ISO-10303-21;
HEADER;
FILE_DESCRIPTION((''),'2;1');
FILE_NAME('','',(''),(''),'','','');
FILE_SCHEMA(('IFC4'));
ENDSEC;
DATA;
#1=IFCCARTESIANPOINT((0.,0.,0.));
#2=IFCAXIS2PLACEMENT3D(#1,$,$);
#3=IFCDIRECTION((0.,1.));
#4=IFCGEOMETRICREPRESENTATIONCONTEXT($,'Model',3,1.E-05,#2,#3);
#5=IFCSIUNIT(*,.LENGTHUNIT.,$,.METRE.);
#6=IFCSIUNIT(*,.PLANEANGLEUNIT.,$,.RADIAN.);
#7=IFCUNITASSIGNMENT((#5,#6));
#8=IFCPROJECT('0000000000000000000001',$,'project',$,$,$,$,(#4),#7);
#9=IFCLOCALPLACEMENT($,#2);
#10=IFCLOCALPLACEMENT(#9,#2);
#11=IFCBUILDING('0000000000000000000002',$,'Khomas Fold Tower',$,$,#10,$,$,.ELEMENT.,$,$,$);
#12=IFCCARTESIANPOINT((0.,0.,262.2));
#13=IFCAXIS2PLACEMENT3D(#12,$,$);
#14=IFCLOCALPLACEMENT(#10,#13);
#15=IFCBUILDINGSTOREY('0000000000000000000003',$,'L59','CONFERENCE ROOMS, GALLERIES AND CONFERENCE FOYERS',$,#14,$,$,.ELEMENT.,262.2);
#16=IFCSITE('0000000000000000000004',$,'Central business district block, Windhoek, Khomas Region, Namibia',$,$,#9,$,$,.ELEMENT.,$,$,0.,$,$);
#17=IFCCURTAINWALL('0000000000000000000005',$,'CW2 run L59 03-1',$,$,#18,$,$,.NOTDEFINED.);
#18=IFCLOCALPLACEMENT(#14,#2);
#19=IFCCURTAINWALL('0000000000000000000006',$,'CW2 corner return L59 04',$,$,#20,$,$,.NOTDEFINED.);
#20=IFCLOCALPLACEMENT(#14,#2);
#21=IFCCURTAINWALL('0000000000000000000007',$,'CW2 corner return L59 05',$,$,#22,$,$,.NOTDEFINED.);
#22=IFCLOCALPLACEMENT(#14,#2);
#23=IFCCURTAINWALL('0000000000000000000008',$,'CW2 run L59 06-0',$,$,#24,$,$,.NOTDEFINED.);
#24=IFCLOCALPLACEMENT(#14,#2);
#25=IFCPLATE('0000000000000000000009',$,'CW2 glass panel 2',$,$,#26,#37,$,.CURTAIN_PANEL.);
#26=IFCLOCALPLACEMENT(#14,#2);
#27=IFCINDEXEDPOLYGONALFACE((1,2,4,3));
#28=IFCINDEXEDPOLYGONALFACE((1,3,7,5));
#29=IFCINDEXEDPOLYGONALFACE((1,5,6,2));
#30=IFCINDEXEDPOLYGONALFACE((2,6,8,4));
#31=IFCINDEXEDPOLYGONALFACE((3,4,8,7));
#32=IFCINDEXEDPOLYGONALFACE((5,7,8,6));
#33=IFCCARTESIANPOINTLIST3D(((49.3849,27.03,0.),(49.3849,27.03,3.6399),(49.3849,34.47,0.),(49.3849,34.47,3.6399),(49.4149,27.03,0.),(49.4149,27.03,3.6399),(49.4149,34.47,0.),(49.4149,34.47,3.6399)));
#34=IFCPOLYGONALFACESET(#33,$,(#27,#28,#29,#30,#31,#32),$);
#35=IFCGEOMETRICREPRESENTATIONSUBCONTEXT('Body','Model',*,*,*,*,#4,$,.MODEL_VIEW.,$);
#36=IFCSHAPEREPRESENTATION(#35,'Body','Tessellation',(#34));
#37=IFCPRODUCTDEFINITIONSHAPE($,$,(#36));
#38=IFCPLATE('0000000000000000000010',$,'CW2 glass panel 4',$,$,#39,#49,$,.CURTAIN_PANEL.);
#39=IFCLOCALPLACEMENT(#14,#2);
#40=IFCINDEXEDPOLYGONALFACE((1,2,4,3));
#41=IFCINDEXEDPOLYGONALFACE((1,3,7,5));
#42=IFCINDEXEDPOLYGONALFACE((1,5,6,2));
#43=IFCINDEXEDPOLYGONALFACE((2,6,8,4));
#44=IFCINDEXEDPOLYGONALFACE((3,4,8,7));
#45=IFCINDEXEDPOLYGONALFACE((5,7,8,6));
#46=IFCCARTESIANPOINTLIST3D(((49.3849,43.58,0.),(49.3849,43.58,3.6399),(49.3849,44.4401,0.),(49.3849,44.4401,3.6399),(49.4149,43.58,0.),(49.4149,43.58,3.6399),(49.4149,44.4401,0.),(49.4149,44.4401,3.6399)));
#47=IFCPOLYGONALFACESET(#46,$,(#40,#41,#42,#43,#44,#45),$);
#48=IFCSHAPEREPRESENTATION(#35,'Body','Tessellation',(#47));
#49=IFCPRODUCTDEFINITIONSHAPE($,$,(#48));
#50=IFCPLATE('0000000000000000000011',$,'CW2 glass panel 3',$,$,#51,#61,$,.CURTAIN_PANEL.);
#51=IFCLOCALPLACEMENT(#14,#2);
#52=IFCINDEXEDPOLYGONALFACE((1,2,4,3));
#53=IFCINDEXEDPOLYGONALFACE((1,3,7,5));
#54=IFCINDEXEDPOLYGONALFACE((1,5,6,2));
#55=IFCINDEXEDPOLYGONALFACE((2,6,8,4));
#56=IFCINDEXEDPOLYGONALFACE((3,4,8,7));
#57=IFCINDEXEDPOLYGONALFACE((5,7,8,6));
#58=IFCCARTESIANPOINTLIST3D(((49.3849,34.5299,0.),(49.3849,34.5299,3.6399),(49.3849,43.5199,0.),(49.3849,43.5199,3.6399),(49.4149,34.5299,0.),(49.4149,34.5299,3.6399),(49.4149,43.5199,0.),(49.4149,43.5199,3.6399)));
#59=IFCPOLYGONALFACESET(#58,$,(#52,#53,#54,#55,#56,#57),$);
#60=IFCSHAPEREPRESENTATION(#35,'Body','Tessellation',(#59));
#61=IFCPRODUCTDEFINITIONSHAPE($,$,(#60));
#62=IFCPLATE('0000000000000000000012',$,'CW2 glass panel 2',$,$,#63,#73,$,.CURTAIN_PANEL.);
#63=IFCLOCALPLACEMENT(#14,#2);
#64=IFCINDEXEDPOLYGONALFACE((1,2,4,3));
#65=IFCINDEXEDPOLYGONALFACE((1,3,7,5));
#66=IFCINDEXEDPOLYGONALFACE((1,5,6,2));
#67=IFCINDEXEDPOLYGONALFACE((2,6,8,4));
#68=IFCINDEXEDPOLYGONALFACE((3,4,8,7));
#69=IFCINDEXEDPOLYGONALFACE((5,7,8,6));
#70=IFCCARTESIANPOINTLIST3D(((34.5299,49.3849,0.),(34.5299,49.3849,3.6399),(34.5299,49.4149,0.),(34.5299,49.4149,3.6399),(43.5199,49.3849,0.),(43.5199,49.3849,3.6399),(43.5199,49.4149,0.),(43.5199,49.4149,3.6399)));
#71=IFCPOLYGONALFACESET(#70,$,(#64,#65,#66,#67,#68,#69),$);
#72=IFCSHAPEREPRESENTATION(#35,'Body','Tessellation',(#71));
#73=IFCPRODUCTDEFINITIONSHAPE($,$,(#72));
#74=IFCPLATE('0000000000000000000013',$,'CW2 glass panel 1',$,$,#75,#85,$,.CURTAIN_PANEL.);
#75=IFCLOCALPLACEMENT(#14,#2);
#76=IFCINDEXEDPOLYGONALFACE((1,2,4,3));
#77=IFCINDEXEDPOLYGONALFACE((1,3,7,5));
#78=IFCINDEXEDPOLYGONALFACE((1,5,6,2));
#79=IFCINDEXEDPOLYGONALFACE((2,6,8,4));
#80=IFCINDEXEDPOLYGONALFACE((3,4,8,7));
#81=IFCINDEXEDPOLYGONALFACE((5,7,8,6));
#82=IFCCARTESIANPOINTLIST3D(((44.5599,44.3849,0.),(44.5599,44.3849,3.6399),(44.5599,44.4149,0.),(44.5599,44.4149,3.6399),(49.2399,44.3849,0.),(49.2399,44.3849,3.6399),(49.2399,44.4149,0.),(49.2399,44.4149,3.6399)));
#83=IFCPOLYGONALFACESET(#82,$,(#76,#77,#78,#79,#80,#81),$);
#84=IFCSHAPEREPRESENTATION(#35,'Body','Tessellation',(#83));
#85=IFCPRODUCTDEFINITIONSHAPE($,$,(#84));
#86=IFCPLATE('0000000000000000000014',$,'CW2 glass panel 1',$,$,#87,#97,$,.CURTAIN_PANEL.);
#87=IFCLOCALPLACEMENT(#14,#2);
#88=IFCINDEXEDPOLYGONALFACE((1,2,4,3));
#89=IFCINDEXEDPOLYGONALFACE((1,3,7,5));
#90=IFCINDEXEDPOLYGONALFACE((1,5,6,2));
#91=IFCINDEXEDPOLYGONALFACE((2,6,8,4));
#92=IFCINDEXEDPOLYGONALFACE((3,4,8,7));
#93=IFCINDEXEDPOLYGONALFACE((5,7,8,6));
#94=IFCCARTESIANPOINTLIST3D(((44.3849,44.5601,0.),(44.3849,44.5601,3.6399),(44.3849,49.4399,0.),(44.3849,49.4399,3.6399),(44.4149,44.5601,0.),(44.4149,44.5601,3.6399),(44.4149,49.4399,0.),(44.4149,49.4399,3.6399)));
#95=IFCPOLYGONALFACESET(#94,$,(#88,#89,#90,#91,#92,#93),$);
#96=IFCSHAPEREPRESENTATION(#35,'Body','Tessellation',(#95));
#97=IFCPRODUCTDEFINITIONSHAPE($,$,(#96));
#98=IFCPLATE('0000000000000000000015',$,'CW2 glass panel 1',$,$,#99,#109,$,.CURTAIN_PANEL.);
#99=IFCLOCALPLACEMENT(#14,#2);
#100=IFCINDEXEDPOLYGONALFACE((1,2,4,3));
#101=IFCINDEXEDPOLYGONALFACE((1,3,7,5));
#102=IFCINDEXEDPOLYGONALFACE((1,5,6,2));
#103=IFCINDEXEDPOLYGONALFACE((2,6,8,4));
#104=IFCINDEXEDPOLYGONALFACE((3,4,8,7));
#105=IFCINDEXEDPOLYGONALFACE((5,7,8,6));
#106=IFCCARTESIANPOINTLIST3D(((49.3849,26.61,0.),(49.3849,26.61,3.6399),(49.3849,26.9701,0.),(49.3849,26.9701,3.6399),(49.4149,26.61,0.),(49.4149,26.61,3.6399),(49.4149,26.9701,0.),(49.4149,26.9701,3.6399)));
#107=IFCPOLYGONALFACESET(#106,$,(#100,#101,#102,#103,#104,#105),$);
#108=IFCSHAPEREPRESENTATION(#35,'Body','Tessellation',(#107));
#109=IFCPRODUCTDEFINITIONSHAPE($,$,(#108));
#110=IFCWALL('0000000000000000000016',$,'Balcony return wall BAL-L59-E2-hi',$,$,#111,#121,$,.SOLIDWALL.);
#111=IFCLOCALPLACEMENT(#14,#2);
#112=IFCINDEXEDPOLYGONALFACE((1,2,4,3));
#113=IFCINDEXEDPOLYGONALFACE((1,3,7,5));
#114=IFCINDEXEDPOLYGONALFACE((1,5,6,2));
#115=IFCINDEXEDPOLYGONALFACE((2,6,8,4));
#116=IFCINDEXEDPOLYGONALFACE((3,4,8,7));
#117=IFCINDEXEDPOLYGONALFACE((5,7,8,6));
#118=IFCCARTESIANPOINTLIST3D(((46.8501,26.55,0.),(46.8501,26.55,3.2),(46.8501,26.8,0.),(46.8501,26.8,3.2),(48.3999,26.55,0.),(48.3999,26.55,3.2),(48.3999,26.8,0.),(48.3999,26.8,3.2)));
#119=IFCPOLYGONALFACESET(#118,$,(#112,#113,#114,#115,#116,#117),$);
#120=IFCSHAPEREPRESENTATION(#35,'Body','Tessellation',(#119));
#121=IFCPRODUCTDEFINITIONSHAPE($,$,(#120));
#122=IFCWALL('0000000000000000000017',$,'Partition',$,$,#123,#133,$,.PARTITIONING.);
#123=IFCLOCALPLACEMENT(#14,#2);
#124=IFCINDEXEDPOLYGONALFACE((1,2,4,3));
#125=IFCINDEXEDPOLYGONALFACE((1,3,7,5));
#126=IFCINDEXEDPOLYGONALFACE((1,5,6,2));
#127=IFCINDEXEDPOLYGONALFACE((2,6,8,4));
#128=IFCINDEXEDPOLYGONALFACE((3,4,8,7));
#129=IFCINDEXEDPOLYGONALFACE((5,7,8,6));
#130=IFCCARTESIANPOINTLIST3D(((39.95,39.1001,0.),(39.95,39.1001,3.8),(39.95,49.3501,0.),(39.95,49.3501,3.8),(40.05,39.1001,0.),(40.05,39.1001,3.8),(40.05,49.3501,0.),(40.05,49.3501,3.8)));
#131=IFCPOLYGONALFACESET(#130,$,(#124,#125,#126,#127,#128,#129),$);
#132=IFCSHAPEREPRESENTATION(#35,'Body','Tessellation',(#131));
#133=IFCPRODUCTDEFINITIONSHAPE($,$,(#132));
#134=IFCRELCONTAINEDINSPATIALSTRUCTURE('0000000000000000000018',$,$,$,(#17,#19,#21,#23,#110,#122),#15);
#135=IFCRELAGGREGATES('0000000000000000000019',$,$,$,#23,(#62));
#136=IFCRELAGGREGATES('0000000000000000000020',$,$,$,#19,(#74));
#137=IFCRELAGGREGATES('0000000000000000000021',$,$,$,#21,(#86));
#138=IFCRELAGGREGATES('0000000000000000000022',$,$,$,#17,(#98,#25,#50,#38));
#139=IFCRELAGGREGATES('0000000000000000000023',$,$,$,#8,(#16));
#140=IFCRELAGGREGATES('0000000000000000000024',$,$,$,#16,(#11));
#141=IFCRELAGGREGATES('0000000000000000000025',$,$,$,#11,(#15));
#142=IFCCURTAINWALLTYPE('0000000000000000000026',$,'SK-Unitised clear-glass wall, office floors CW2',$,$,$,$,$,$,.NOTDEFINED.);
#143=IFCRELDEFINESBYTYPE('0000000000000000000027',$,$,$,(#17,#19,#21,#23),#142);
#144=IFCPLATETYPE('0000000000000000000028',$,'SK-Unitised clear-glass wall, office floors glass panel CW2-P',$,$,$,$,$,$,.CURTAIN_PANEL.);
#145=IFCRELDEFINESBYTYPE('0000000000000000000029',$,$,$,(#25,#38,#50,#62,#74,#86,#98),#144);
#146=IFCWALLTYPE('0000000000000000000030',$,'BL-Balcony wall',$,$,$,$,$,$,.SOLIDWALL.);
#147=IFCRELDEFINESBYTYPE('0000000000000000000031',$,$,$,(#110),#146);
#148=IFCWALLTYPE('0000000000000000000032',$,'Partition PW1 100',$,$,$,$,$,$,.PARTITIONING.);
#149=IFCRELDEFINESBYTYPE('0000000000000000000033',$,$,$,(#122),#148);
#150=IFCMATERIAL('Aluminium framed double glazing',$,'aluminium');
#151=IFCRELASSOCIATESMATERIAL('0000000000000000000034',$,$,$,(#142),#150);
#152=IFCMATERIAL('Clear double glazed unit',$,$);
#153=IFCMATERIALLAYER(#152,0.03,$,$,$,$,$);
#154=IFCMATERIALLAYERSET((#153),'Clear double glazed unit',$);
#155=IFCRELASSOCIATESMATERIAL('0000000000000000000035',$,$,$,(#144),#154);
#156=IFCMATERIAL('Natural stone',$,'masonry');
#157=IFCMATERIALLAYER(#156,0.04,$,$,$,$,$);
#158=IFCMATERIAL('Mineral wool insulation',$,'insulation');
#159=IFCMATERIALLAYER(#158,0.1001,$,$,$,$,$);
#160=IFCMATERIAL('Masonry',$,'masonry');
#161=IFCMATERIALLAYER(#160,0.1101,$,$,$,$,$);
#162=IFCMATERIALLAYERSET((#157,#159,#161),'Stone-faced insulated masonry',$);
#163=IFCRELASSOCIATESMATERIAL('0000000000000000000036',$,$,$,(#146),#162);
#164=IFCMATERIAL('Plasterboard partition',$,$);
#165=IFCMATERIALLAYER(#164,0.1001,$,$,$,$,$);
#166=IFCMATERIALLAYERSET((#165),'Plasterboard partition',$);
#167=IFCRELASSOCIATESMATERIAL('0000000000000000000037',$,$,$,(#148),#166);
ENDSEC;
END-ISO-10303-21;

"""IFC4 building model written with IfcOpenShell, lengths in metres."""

from ifc_helpers import new_model, si_unit, direction, frame, frame_2d, origin, origin_2d, place, context, subcontext, project, spatial, rectangle, extrude, source, transform, mapped, material, layer, layer_set, type_object, element, aggregate, save


model = new_model("IFC4")

# Units and contexts
model_context = context("Model", 3, precision=1e-05, world=origin(), true_north=direction((0.0, 1.0)))
body_context = subcontext(model_context, "Body", "Model", "MODEL_VIEW")
ifc_project = project(units=[si_unit("LENGTHUNIT", "METRE"), si_unit("PLANEANGLEUNIT", "RADIAN")], contexts=[model_context])

# Site, building, storey
site_placement = place(None, origin())
site = spatial("IfcSite", under=ifc_project, at=site_placement, Name="Central business district block, Windhoek, Khomas Region, Namibia", CompositionType="ELEMENT", RefElevation=0.0)
building_placement = place(site_placement, origin())
building = spatial("IfcBuilding", under=site, at=building_placement, Name="Khomas Fold Tower", CompositionType="ELEMENT")
storey_placement = place(building_placement, frame((0.0, 0.0, 262.2)))
storey = spatial("IfcBuildingStorey", under=building, at=storey_placement, Name="L59", Description="CONFERENCE ROOMS, GALLERIES AND CONFERENCE FOYERS", CompositionType="ELEMENT", Elevation=262.2)

# Curtain walls
ifc_material_1 = material(Name="Aluminium framed double glazing", Category="aluminium")
curtain_wall_type = type_object("IfcCurtainWallType", Name="SK-Unitised clear-glass wall, office floors CW2", PredefinedType="NOTDEFINED", material=ifc_material_1)
curtain_wall_1_placement = place(storey_placement, origin())
curtain_wall_1 = element("IfcCurtainWall", 1, at=curtain_wall_1_placement, inside=storey, type_object=curtain_wall_type, Name="CW2 run L59 03-1", PredefinedType="NOTDEFINED")
curtain_wall_2_placement = place(storey_placement, origin())
curtain_wall_2 = element("IfcCurtainWall", 2, at=curtain_wall_2_placement, inside=storey, type_object=curtain_wall_type, Name="CW2 corner return L59 04", PredefinedType="NOTDEFINED")
curtain_wall_3_placement = place(storey_placement, origin())
curtain_wall_3 = element("IfcCurtainWall", 3, at=curtain_wall_3_placement, inside=storey, type_object=curtain_wall_type, Name="CW2 corner return L59 05", PredefinedType="NOTDEFINED")
curtain_wall_4_placement = place(storey_placement, origin())
curtain_wall_4 = element("IfcCurtainWall", 4, at=curtain_wall_4_placement, inside=storey, type_object=curtain_wall_type, Name="CW2 run L59 06-0", PredefinedType="NOTDEFINED")

# Plates
ifc_material_2 = material(Name="Clear double glazed unit")
ifc_layer_1 = layer(ifc_material_2, 0.03)
ifc_layer_set_1 = layer_set([ifc_layer_1], Name="Clear double glazed unit")
plate_type = type_object("IfcPlateType", Name="SK-Unitised clear-glass wall, office floors glass panel CW2-P", PredefinedType="CURTAIN_PANEL", material=ifc_layer_set_1)
shared_shape_1 = source(origin(), body_context, "Body", "SweptSolid", [
    extrude(rectangle(XDim=7.4399, YDim=0.03, at=origin_2d()), origin(), (0.0, 0.0, 1.0), 3.6399),
])
plate_1_placement = place(storey_placement, frame((49.3999, 30.75, 0.0), z_axis=(0.0, 0.0, 1.0), x_axis=(0.0, 1.0, 0.0)))
plate_1 = element("IfcPlate", 5, at=plate_1_placement, type_object=plate_type, Name="CW2 glass panel 2", PredefinedType="CURTAIN_PANEL", context=body_context, shape_type="MappedRepresentation", body=[
    mapped(shared_shape_1, transform((0.0, 0.0, 0.0))),
])
shared_shape_2 = source(origin(), body_context, "Body", "SweptSolid", [
    extrude(rectangle(XDim=0.8601, YDim=0.03, at=origin_2d()), origin(), (0.0, 0.0, 1.0), 3.6399),
])
plate_2_placement = place(storey_placement, frame((49.3999, 44.01, 0.0), z_axis=(0.0, 0.0, 1.0), x_axis=(0.0, 1.0, 0.0)))
plate_2 = element("IfcPlate", 6, at=plate_2_placement, type_object=plate_type, Name="CW2 glass panel 4", PredefinedType="CURTAIN_PANEL", context=body_context, shape_type="MappedRepresentation", body=[
    mapped(shared_shape_2, transform((0.0, 0.0, 0.0))),
])
shared_shape_3 = source(origin(), body_context, "Body", "SweptSolid", [
    extrude(rectangle(XDim=8.99, YDim=0.03, at=origin_2d()), origin(), (0.0, 0.0, 1.0), 3.6399),
])
plate_3_placement = place(storey_placement, frame((49.3999, 39.0249, 0.0), z_axis=(0.0, 0.0, 1.0), x_axis=(0.0, 1.0, 0.0)))
plate_3 = element("IfcPlate", 7, at=plate_3_placement, type_object=plate_type, Name="CW2 glass panel 3", PredefinedType="CURTAIN_PANEL", context=body_context, shape_type="MappedRepresentation", body=[
    mapped(shared_shape_3, transform((0.0, 0.0, 0.0))),
])
plate_4_placement = place(storey_placement, frame((39.0249, 49.3999, 0.0), z_axis=(0.0, 0.0, 1.0), x_axis=(-1.0, 0.0, 0.0)))
plate_4 = element("IfcPlate", 8, at=plate_4_placement, type_object=plate_type, Name="CW2 glass panel 2", PredefinedType="CURTAIN_PANEL", context=body_context, shape_type="MappedRepresentation", body=[
    mapped(shared_shape_3, transform((0.0, 0.0, 0.0))),
])
aggregate(curtain_wall_4, [plate_4])
shared_shape_4 = source(origin(), body_context, "Body", "SweptSolid", [
    extrude(rectangle(XDim=4.6799, YDim=0.03, at=origin_2d()), origin(), (0.0, 0.0, 1.0), 3.6399),
])
plate_5_placement = place(storey_placement, frame((46.8999, 44.3999, 0.0), z_axis=(0.0, 0.0, 1.0), x_axis=(-1.0, 0.0, 0.0)))
plate_5 = element("IfcPlate", 9, at=plate_5_placement, type_object=plate_type, Name="CW2 glass panel 1", PredefinedType="CURTAIN_PANEL", context=body_context, shape_type="MappedRepresentation", body=[
    mapped(shared_shape_4, transform((0.0, 0.0, 0.0))),
])
aggregate(curtain_wall_2, [plate_5])
shared_shape_5 = source(origin(), body_context, "Body", "SweptSolid", [
    extrude(rectangle(XDim=4.8799, YDim=0.03, at=origin_2d()), origin(), (0.0, 0.0, 1.0), 3.6399),
])
plate_6_placement = place(storey_placement, frame((44.3999, 47.0, 0.0), z_axis=(0.0, 0.0, 1.0), x_axis=(0.0, 1.0, 0.0)))
plate_6 = element("IfcPlate", 10, at=plate_6_placement, type_object=plate_type, Name="CW2 glass panel 1", PredefinedType="CURTAIN_PANEL", context=body_context, shape_type="MappedRepresentation", body=[
    mapped(shared_shape_5, transform((0.0, 0.0, 0.0))),
])
aggregate(curtain_wall_3, [plate_6])
shared_shape_6 = source(origin(), body_context, "Body", "SweptSolid", [
    extrude(rectangle(XDim=0.3601, YDim=0.03, at=origin_2d()), origin(), (0.0, 0.0, 1.0), 3.6399),
])
plate_7_placement = place(storey_placement, frame((49.3999, 26.79, 0.0), z_axis=(0.0, 0.0, 1.0), x_axis=(0.0, 1.0, 0.0)))
plate_7 = element("IfcPlate", 11, at=plate_7_placement, type_object=plate_type, Name="CW2 glass panel 1", PredefinedType="CURTAIN_PANEL", context=body_context, shape_type="MappedRepresentation", body=[
    mapped(shared_shape_6, transform((0.0, 0.0, 0.0))),
])
aggregate(curtain_wall_1, [plate_7, plate_1, plate_3, plate_2])

# Walls
ifc_material_3 = material(Name="Natural stone", Category="masonry")
ifc_layer_2 = layer(ifc_material_3, 0.04)
ifc_material_4 = material(Name="Mineral wool insulation", Category="insulation")
ifc_layer_3 = layer(ifc_material_4, 0.1001)
ifc_material_5 = material(Name="Masonry", Category="masonry")
ifc_layer_4 = layer(ifc_material_5, 0.1101)
ifc_layer_set_2 = layer_set([ifc_layer_2, ifc_layer_3, ifc_layer_4], Name="Stone-faced insulated masonry")
wall_type_1 = type_object("IfcWallType", Name="BL-Balcony wall", PredefinedType="SOLIDWALL", material=ifc_layer_set_2)
shared_shape_7 = source(origin(), body_context, "Body", "SweptSolid", [
    extrude(rectangle(XDim=1.5498, YDim=0.25, at=frame_2d((0.7749, 0.0))), origin(), (0.0, 0.0, 1.0), 3.2),
])
wall_1_placement = place(storey_placement, frame((48.3999, 26.675, 0.0), z_axis=(0.0, 0.0, 1.0), x_axis=(-1.0, 0.0, 0.0)))
element("IfcWall", 12, at=wall_1_placement, inside=storey, type_object=wall_type_1, Name="Balcony return wall BAL-L59-E2-hi", PredefinedType="SOLIDWALL", context=body_context, shape_type="MappedRepresentation", body=[
    mapped(shared_shape_7, transform((0.0, 0.0, 0.0))),
])
ifc_material_6 = material(Name="Plasterboard partition")
ifc_layer_5 = layer(ifc_material_6, 0.1001)
ifc_layer_set_3 = layer_set([ifc_layer_5], Name="Plasterboard partition")
wall_type_2 = type_object("IfcWallType", Name="Partition PW1 100", PredefinedType="PARTITIONING", material=ifc_layer_set_3)
shared_shape_8 = source(origin(), body_context, "Body", "SweptSolid", [
    extrude(rectangle(XDim=10.25, YDim=0.1001, at=frame_2d((5.125, 0.0))), origin(), (0.0, 0.0, 1.0), 3.8),
])
wall_2_placement = place(storey_placement, frame((40.0, 39.1001, 0.0), z_axis=(0.0, 0.0, 1.0), x_axis=(0.0, 1.0, 0.0)))
element("IfcWall", 13, at=wall_2_placement, inside=storey, type_object=wall_type_2, Name="Partition", PredefinedType="PARTITIONING", context=body_context, shape_type="MappedRepresentation", body=[
    mapped(shared_shape_8, transform((0.0, 0.0, 0.0))),
])

save(model, "model.ifc")
